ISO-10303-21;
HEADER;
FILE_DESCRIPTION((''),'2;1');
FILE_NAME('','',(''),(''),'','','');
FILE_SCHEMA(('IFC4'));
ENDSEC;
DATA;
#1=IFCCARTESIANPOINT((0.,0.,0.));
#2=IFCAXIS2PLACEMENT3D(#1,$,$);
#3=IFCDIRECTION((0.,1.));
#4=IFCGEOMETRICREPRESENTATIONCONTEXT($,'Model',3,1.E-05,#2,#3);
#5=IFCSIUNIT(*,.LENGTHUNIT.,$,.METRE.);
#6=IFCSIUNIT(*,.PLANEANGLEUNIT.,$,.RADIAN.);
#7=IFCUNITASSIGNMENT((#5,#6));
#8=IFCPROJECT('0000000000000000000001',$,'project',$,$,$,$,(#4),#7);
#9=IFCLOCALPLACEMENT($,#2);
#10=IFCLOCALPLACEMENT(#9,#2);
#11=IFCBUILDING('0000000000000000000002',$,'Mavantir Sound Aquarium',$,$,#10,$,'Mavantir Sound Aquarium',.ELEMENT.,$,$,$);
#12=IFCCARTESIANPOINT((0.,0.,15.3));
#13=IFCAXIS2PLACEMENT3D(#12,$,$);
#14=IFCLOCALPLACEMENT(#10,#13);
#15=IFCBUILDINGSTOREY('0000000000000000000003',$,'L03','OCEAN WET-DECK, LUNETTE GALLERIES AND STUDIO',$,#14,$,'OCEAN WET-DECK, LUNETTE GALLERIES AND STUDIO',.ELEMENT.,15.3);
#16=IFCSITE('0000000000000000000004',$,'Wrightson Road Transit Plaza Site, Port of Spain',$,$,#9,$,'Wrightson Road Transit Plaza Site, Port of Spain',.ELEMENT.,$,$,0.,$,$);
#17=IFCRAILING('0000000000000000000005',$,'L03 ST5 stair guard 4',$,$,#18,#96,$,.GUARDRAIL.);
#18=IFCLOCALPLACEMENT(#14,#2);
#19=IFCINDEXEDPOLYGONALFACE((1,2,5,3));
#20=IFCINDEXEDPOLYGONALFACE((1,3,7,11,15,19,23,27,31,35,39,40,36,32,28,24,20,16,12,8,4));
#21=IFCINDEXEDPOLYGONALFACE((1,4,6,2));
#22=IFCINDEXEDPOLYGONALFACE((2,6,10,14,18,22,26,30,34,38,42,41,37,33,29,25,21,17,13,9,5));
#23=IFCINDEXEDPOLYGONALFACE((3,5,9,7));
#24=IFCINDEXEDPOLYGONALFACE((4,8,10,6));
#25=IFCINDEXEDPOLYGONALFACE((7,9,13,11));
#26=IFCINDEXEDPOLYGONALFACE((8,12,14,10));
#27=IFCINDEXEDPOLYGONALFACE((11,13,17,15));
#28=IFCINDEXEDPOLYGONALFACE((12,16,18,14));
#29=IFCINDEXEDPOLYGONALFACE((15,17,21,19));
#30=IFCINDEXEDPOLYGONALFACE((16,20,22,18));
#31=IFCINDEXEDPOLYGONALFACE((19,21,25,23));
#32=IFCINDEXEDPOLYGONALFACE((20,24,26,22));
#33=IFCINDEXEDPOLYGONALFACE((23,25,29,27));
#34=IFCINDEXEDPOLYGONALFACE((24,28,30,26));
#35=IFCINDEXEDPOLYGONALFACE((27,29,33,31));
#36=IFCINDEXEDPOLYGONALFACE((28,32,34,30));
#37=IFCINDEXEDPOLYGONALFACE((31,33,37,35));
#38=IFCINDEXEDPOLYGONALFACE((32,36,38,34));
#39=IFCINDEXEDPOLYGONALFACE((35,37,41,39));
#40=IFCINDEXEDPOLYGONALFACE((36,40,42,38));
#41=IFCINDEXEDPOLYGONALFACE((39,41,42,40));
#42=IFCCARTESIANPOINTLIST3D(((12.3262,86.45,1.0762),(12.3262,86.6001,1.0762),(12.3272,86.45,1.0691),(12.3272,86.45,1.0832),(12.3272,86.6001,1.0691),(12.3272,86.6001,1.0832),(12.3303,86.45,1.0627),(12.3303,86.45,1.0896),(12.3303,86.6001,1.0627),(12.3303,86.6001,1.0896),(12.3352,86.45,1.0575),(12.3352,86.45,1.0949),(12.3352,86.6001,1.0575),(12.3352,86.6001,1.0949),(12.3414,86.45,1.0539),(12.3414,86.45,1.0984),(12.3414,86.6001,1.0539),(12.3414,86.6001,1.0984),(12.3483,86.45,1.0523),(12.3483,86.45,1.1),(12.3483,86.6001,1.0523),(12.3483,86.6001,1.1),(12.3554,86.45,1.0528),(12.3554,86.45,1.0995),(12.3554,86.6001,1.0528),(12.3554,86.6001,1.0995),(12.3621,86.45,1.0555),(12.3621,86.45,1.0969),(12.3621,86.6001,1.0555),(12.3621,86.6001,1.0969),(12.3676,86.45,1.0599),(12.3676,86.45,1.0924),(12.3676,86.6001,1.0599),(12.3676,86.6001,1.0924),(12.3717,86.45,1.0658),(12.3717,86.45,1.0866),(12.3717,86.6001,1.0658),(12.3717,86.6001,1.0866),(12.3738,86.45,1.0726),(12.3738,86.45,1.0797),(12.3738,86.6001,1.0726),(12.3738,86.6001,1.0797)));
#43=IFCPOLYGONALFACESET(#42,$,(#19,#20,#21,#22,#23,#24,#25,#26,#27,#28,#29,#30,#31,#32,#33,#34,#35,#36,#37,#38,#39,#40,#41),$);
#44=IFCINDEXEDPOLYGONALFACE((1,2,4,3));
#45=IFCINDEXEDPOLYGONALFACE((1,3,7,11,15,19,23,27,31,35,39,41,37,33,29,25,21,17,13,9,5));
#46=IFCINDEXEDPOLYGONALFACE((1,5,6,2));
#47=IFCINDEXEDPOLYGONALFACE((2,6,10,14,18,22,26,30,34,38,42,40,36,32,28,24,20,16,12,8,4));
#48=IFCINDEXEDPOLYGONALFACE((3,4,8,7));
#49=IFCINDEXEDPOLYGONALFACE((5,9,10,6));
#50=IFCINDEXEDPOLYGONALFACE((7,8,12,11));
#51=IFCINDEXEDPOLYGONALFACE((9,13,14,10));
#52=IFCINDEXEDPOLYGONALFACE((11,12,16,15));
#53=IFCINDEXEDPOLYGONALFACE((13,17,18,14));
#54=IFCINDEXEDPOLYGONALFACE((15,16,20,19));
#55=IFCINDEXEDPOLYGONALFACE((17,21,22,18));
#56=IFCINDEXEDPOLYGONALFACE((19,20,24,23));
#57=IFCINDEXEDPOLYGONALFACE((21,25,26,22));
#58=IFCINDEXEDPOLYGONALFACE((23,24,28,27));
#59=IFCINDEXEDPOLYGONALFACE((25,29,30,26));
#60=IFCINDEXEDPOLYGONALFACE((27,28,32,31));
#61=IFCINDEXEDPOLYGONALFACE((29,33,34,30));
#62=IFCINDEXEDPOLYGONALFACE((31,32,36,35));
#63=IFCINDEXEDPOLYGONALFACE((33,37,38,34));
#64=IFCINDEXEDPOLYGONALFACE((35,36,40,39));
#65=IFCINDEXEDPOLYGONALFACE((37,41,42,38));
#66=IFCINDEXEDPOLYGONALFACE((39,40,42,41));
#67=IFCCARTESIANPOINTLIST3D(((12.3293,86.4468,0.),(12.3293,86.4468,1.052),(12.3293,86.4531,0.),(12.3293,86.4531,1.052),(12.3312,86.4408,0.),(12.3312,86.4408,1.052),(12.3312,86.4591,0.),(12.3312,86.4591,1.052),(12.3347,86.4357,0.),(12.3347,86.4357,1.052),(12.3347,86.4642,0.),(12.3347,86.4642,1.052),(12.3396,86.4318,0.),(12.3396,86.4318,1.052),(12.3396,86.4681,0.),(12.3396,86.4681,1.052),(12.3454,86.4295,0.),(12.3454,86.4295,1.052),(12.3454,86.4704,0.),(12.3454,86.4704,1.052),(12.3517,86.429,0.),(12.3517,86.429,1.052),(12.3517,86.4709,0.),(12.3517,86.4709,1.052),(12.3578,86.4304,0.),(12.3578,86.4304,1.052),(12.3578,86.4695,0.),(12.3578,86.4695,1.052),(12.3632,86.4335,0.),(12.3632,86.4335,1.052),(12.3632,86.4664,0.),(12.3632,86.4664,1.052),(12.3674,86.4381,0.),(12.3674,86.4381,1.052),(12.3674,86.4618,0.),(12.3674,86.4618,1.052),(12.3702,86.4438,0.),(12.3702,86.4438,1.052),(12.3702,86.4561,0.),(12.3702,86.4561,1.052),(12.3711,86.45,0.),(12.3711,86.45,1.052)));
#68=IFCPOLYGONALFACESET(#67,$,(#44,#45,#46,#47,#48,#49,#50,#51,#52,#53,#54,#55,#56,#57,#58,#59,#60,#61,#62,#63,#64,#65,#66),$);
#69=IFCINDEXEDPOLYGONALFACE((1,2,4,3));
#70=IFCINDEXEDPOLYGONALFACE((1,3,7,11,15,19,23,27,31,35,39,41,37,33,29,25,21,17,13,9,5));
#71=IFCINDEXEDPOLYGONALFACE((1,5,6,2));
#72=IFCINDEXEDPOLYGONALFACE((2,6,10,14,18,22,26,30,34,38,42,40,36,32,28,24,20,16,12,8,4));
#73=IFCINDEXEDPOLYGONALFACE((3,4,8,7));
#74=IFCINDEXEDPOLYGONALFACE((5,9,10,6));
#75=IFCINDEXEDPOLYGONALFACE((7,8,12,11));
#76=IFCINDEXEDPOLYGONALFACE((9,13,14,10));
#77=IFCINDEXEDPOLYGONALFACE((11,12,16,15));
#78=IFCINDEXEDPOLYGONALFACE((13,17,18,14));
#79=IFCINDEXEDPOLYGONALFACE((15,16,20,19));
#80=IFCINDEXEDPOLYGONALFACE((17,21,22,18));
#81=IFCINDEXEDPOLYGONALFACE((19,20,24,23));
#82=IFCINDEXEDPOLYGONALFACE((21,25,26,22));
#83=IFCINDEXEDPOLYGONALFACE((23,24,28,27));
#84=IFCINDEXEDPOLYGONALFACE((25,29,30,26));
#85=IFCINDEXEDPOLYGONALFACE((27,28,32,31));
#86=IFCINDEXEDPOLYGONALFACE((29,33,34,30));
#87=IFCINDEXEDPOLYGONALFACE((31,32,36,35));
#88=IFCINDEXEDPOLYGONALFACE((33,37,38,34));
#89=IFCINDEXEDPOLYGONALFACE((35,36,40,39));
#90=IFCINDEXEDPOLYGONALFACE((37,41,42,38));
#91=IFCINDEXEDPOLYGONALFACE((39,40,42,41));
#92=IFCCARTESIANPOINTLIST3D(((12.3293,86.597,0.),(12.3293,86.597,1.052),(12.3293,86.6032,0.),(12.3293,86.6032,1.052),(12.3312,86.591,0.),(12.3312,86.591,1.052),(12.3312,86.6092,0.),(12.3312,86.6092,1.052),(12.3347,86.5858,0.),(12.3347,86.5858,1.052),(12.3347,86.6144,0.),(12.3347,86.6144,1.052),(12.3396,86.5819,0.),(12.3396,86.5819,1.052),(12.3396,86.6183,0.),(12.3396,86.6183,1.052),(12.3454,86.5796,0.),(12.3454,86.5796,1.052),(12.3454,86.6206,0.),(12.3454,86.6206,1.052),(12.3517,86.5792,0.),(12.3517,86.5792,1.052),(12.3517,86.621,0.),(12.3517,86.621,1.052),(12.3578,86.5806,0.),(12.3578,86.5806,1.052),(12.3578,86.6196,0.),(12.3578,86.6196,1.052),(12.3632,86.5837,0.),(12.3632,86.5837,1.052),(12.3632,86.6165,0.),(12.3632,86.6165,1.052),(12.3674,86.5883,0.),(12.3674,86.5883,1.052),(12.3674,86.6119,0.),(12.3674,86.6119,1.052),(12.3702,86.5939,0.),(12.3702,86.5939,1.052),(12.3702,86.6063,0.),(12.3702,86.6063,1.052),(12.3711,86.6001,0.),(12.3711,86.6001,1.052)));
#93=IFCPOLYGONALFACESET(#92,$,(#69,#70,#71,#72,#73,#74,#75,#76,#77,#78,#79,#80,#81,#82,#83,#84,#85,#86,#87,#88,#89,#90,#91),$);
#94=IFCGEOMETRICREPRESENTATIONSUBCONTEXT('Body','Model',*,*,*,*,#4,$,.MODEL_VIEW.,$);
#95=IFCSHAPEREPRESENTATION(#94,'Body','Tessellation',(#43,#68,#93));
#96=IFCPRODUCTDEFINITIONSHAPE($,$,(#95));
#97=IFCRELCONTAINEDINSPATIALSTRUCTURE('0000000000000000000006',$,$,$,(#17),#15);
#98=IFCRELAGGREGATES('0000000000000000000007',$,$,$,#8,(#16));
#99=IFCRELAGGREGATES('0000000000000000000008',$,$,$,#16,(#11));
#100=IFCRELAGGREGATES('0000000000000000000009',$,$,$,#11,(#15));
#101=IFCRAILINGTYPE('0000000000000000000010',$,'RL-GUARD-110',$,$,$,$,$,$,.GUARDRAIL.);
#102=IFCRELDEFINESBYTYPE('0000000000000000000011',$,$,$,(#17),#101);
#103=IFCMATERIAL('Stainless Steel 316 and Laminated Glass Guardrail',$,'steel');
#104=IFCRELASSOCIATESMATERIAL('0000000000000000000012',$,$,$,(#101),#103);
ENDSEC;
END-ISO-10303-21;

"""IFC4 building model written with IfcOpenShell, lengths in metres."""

from ifc_helpers import new_model, si_unit, direction, frame, origin, origin_2d, place, context, subcontext, project, spatial, circle, extrude, material, type_object, element, save


model = new_model("IFC4")

# Units and contexts
model_context = context("Model", 3, precision=1e-05, world=origin(), true_north=direction((0.0, 1.0)))
body_context = subcontext(model_context, "Body", "Model", "MODEL_VIEW")
ifc_project = project(units=[si_unit("LENGTHUNIT", "METRE"), si_unit("PLANEANGLEUNIT", "RADIAN")], contexts=[model_context])

# Site, building, storey
site_placement = place(None, origin())
site = spatial("IfcSite", under=ifc_project, at=site_placement, Name="Wrightson Road Transit Plaza Site, Port of Spain", LongName="Wrightson Road Transit Plaza Site, Port of Spain", CompositionType="ELEMENT", RefElevation=0.0)
building_placement = place(site_placement, origin())
building = spatial("IfcBuilding", under=site, at=building_placement, Name="Mavantir Sound Aquarium", LongName="Mavantir Sound Aquarium", CompositionType="ELEMENT")
storey_placement = place(building_placement, frame((0.0, 0.0, 15.3)))
storey = spatial("IfcBuildingStorey", under=building, at=storey_placement, Name="L03", Description="OCEAN WET-DECK, LUNETTE GALLERIES AND STUDIO", LongName="OCEAN WET-DECK, LUNETTE GALLERIES AND STUDIO", CompositionType="ELEMENT", Elevation=15.3)

# Railing
ifc_material_1 = material(Name="Stainless Steel 316 and Laminated Glass Guardrail", Category="steel")
railing_type_1 = type_object("IfcRailingType", Name="RL-GUARD-110", PredefinedType="GUARDRAIL", material=ifc_material_1)
railing_1_placement = place(storey_placement, frame((12.3501, 86.45, 0.0)))
element("IfcRailing", 1, at=railing_1_placement, inside=storey, type_object=railing_type_1, Name="L03 ST5 stair guard 4", PredefinedType="GUARDRAIL", context=body_context, shape_type="SweptSolid", body=[
    extrude(circle(Radius=0.0239, at=origin_2d()), frame((0.0, 0.0, 1.0762), z_axis=(0.0, 1.0, 0.0), x_axis=(-1.0, 0.0, 0.0)), (0.0, 0.0, 1.0), 0.1501),
    extrude(circle(Radius=0.021, at=origin_2d()), origin(), (0.0, 0.0, 1.0), 1.052),
    extrude(circle(Radius=0.021, at=origin_2d()), frame((0.0, 0.1501, 0.0)), (0.0, 0.0, 1.0), 1.052),
])

save(model, "model.ifc")
